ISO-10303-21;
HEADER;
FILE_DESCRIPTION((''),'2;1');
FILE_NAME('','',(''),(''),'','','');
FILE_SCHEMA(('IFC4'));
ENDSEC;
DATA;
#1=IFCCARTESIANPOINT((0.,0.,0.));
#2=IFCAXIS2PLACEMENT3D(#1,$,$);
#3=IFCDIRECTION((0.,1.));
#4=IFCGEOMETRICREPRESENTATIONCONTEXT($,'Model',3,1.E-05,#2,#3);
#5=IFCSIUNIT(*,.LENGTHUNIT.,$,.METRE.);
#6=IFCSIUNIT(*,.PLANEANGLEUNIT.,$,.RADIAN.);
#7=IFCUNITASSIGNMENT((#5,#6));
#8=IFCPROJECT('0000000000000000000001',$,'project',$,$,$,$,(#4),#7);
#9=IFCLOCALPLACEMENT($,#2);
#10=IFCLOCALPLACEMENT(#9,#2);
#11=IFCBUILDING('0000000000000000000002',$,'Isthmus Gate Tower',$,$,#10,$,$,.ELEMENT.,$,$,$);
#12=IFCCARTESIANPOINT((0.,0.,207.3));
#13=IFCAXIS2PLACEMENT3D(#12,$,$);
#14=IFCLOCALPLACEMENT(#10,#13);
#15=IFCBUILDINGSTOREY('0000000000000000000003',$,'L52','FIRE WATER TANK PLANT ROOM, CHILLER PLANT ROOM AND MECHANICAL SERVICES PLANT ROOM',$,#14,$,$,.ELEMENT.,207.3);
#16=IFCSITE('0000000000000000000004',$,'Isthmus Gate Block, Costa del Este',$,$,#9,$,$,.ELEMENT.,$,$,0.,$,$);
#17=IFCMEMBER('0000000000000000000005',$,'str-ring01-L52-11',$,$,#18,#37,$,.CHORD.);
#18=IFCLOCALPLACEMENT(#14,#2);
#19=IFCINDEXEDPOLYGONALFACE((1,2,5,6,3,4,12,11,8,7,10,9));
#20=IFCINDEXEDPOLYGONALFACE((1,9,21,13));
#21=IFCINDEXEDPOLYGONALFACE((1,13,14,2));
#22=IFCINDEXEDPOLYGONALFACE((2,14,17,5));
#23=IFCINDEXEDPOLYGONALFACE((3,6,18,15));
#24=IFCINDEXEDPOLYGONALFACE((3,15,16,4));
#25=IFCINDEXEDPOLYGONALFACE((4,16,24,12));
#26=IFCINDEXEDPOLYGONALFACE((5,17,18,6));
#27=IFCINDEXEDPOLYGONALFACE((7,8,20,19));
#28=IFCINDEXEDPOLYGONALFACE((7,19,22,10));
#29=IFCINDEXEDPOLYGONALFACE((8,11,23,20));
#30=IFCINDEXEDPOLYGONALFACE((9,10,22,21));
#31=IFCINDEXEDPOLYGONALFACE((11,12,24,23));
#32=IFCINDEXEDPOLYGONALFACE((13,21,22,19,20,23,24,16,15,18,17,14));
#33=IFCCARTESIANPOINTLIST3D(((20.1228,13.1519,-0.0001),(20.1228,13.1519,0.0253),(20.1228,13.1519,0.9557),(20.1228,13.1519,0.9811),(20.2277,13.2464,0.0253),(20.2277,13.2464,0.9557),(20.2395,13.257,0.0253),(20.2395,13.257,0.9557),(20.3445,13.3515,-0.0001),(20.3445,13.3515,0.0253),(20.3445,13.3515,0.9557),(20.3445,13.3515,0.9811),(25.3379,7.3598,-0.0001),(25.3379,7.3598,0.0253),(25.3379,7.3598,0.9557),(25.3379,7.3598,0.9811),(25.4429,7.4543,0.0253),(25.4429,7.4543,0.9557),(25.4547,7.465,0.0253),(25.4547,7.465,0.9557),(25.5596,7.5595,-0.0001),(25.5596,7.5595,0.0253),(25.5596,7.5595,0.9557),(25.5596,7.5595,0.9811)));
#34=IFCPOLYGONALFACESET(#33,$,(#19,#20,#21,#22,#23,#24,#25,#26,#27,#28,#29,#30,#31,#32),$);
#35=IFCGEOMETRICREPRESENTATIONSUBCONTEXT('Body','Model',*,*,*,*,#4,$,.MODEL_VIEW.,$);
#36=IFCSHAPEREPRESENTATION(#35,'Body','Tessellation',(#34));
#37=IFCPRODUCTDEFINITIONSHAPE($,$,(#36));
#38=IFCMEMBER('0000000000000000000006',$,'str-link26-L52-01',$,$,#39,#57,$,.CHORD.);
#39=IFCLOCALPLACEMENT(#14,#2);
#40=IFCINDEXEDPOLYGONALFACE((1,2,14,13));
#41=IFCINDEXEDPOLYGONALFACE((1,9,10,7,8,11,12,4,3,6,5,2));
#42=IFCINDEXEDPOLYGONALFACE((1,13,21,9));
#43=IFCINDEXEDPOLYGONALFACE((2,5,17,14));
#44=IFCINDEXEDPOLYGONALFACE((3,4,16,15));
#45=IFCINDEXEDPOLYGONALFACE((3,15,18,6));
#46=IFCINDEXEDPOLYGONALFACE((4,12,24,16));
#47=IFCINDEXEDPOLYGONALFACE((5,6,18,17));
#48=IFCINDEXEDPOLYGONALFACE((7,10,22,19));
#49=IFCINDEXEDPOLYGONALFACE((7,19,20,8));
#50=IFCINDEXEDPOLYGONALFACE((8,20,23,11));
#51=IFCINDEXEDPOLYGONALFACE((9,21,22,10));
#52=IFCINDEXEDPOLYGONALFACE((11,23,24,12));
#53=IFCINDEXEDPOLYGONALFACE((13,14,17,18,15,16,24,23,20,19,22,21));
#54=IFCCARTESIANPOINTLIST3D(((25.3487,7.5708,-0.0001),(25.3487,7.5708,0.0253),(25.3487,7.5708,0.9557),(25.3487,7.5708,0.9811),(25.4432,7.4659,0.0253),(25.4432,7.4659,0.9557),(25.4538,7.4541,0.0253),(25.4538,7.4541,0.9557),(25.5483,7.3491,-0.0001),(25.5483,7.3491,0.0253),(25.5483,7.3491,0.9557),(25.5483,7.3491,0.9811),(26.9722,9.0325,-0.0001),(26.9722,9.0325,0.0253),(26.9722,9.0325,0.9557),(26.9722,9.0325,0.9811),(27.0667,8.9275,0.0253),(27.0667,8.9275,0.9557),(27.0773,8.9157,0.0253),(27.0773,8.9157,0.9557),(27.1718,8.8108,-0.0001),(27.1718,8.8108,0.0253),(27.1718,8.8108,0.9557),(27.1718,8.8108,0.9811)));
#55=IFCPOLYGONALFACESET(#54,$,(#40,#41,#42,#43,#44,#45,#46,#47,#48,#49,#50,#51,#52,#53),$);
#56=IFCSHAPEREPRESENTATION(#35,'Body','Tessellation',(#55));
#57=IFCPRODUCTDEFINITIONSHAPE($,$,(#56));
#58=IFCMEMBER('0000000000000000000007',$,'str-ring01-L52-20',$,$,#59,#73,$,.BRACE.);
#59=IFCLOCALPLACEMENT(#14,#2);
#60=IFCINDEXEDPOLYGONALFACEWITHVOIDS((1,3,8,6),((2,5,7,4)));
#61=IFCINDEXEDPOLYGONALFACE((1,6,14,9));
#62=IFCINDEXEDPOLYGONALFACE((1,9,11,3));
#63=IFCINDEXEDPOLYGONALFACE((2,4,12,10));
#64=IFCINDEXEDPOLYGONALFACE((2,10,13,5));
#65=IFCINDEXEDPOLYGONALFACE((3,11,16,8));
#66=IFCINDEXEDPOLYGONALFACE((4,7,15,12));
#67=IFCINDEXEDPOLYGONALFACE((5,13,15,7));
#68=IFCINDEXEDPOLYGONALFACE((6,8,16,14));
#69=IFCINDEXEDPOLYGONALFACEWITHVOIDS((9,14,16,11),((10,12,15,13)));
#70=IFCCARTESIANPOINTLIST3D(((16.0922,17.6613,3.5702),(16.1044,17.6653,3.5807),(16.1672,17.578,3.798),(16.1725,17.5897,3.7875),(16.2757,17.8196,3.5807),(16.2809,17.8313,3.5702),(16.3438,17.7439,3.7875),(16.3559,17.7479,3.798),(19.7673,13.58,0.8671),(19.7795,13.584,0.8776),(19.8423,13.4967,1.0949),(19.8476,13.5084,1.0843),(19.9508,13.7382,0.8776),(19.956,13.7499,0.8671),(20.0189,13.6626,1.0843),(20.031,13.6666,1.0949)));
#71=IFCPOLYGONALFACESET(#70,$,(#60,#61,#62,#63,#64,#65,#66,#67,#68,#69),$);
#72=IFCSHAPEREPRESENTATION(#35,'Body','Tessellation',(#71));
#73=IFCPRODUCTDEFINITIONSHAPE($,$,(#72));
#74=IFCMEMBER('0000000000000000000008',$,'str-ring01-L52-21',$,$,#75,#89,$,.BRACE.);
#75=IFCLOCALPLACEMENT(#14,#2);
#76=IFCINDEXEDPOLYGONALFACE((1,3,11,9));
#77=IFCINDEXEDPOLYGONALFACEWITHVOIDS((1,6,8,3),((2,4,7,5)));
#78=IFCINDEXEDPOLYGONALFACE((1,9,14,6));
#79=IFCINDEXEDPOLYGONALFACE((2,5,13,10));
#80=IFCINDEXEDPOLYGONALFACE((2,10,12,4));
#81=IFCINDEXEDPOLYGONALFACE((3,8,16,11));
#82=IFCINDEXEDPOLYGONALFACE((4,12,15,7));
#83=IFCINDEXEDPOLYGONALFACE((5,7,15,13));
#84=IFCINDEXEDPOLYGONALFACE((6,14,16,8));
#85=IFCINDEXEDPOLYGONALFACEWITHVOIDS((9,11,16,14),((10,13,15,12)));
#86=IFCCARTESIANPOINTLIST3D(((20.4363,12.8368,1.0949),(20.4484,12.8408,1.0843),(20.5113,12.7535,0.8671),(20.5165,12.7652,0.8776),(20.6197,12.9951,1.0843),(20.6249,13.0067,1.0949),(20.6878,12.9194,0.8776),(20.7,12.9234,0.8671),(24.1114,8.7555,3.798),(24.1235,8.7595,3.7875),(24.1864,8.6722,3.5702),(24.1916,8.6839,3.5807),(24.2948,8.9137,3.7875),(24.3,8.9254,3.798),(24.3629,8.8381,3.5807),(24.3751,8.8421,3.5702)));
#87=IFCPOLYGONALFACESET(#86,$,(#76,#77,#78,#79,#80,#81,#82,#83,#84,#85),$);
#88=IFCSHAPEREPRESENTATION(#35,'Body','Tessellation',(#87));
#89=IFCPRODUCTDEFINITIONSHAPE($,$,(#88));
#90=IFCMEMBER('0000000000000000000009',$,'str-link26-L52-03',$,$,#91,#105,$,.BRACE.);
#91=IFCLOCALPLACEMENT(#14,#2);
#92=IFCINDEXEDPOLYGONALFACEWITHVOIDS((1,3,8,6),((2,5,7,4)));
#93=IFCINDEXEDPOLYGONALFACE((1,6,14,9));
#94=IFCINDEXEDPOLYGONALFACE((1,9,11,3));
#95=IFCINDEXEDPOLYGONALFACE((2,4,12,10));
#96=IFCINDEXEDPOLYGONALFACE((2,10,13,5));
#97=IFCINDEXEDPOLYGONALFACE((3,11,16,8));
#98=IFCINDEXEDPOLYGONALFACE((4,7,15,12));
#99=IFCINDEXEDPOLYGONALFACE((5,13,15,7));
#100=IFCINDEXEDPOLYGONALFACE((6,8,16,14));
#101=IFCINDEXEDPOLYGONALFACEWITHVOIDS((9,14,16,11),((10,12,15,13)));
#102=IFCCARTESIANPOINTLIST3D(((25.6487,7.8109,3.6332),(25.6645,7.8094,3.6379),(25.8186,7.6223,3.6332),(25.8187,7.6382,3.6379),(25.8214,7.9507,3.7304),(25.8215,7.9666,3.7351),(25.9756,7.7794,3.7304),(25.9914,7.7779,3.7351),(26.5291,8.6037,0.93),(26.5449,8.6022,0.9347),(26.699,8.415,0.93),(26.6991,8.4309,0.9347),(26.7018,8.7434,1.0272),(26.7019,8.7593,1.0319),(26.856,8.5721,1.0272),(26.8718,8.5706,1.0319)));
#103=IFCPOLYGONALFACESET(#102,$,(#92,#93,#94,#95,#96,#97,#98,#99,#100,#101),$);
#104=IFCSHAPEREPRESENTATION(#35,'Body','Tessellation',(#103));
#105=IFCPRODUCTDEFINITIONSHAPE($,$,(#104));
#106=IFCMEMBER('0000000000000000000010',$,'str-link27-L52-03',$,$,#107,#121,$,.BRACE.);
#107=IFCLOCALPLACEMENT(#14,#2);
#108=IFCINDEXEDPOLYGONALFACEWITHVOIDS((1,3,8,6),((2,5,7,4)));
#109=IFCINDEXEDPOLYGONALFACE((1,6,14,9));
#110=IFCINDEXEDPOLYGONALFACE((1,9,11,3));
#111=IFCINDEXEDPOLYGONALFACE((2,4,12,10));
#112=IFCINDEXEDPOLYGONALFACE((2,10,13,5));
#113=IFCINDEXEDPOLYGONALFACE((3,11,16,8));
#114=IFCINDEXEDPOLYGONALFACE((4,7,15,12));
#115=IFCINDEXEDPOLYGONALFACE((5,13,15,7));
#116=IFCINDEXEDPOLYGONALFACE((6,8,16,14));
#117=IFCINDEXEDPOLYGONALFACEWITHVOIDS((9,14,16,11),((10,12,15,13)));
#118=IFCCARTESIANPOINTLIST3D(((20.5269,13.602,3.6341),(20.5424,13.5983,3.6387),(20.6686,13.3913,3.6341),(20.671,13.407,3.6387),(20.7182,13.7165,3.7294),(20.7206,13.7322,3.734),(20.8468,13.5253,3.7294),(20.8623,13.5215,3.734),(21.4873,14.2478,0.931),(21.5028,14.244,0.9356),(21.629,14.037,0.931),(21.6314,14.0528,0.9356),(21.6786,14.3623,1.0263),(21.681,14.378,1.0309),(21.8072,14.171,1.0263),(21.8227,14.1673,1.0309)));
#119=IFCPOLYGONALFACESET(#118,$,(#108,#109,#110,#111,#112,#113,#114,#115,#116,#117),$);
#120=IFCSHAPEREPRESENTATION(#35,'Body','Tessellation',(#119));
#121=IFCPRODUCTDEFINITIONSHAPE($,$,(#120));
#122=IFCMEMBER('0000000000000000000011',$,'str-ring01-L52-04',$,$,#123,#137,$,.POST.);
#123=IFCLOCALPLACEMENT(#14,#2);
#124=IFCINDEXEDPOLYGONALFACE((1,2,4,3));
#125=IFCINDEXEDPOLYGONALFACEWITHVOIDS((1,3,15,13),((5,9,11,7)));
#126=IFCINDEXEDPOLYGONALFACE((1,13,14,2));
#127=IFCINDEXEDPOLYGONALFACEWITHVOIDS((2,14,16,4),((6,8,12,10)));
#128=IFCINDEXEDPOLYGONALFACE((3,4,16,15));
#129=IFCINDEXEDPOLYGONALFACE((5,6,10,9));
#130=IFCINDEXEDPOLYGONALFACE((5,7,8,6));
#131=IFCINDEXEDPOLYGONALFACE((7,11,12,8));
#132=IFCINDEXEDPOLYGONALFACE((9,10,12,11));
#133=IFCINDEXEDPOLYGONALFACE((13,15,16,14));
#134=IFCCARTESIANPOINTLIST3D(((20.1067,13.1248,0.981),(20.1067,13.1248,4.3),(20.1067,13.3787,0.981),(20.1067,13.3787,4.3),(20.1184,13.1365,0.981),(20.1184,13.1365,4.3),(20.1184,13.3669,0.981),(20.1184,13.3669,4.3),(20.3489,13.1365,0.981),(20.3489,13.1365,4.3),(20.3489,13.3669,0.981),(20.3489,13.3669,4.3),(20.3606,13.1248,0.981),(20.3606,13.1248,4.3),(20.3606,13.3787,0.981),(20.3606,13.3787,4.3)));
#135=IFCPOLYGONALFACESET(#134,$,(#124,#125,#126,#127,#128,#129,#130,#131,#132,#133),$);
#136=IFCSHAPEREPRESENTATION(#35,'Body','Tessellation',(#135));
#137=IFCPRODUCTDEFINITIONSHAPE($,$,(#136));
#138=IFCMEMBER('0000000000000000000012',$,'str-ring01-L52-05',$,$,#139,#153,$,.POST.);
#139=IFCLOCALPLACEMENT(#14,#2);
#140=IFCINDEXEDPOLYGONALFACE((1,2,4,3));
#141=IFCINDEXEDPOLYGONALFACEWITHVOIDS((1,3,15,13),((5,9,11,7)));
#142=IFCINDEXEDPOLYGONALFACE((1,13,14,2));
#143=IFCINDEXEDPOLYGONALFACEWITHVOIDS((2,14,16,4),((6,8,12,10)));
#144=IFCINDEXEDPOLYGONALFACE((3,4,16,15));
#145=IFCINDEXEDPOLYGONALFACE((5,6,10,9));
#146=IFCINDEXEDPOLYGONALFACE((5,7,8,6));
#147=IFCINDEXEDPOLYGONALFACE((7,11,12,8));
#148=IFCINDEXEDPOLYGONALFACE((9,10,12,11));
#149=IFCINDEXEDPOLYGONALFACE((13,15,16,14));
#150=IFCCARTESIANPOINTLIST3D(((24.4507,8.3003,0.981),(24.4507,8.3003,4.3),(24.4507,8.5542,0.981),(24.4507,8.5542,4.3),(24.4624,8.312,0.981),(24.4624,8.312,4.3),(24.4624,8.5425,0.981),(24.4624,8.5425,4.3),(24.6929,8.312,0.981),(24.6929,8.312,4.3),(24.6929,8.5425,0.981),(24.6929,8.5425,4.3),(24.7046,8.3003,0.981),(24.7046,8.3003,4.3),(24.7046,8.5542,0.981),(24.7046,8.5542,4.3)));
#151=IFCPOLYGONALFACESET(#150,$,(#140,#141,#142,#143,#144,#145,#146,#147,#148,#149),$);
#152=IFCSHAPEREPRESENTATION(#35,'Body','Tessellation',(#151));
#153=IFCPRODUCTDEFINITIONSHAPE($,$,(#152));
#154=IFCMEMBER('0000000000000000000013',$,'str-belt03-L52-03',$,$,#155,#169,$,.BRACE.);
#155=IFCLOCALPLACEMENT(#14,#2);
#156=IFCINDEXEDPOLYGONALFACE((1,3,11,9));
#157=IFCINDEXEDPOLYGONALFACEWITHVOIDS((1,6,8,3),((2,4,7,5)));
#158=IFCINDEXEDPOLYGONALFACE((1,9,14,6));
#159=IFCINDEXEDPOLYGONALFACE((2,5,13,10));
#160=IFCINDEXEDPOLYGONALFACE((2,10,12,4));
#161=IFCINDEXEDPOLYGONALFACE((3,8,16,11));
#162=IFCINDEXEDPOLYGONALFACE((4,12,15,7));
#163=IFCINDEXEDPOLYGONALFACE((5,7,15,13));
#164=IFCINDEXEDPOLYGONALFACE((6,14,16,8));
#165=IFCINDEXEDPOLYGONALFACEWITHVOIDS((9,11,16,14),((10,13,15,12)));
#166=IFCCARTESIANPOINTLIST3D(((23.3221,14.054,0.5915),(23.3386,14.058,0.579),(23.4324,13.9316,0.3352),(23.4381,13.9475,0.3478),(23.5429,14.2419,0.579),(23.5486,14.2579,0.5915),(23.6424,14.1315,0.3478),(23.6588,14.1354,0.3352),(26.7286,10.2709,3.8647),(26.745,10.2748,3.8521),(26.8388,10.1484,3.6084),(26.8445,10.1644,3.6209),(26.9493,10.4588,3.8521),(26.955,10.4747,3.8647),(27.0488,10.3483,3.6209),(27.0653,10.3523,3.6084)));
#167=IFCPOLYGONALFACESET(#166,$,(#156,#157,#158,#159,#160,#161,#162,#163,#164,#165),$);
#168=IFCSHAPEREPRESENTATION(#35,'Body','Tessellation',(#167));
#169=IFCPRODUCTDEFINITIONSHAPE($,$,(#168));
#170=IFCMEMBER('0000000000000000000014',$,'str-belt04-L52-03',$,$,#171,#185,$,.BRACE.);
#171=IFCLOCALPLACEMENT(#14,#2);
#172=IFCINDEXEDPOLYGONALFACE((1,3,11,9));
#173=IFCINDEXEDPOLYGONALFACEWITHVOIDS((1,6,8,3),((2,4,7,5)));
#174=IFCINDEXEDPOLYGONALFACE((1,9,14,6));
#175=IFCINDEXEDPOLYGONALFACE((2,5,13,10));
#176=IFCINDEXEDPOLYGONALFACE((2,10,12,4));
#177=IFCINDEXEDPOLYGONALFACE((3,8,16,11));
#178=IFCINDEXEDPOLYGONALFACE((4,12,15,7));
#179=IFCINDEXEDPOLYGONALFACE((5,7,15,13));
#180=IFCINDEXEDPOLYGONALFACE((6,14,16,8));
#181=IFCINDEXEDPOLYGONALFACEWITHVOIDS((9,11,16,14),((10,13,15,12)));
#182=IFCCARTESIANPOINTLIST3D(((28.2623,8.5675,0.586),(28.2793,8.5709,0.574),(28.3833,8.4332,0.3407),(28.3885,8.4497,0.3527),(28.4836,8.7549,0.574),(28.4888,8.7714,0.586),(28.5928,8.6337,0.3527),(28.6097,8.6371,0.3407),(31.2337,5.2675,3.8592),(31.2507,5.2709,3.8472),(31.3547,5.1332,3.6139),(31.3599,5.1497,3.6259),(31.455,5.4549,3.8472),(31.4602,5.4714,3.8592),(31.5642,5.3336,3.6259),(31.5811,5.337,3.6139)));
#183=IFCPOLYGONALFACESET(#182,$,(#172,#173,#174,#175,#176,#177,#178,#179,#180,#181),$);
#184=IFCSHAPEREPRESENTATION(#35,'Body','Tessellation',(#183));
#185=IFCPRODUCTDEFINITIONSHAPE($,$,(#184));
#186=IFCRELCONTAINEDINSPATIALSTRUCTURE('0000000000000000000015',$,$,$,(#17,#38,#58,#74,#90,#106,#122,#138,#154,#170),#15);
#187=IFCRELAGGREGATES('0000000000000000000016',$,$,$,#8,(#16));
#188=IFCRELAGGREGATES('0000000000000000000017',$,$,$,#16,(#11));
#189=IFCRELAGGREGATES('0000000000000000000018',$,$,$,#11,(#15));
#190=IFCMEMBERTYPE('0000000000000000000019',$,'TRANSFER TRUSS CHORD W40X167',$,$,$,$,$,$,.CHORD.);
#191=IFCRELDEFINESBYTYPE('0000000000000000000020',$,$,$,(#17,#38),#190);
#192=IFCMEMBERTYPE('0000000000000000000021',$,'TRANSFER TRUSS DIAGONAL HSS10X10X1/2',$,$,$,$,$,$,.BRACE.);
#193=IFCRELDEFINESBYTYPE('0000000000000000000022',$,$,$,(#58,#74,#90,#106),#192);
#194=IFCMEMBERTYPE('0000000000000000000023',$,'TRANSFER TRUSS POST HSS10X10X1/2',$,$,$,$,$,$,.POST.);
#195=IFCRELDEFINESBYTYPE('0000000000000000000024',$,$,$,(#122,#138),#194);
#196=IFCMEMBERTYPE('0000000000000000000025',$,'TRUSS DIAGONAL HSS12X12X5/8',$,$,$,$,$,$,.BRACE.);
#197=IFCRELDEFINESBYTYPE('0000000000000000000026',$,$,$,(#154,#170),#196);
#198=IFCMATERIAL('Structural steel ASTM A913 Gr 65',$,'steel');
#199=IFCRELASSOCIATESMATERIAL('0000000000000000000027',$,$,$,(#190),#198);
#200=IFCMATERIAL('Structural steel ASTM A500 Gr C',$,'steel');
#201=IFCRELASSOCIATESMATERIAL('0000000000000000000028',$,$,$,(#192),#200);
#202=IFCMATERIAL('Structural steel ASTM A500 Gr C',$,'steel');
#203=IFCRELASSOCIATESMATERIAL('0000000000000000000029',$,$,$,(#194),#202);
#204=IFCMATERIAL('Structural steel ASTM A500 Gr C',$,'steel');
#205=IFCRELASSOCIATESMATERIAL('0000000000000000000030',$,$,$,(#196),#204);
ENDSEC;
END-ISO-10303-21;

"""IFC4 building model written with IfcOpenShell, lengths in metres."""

from ifc_helpers import new_model, si_unit, direction, frame, origin, origin_2d, place, context, subcontext, project, spatial, hollow_rectangle, i_section, extrude, material, material_profile, profile_set, type_object, element, save


model = new_model("IFC4")

# Units and contexts
model_context = context("Model", 3, precision=1e-05, world=origin(), true_north=direction((0.0, 1.0)))
body_context = subcontext(model_context, "Body", "Model", "MODEL_VIEW")
ifc_project = project(units=[si_unit("LENGTHUNIT", "METRE"), si_unit("PLANEANGLEUNIT", "RADIAN")], contexts=[model_context])

# Site, building, storey
site_placement = place(None, origin())
site = spatial("IfcSite", under=ifc_project, at=site_placement, Name="Isthmus Gate Block, Costa del Este", CompositionType="ELEMENT", RefElevation=0.0)
building_placement = place(site_placement, origin())
building = spatial("IfcBuilding", under=site, at=building_placement, Name="Isthmus Gate Tower", CompositionType="ELEMENT")
storey_placement = place(building_placement, frame((0.0, 0.0, 207.3)))
storey = spatial("IfcBuildingStorey", under=building, at=storey_placement, Name="L52", Description="FIRE WATER TANK PLANT ROOM, CHILLER PLANT ROOM AND MECHANICAL SERVICES PLANT ROOM", CompositionType="ELEMENT", Elevation=207.3)

# Members
ifc_material_1 = material(Name="Structural steel ASTM A913 Gr 65", Category="steel")
ifc_material_profile_1 = material_profile(ifc_material_1, i_section(OverallWidth=0.2983, OverallDepth=0.9812, WebThickness=0.0159, FlangeThickness=0.0254, at=origin_2d()), Name="W40X167")
ifc_profile_set_1 = profile_set([ifc_material_profile_1], Name="Structural steel ASTM A913 Gr 65")
member_type_1 = type_object("IfcMemberType", Name="TRANSFER TRUSS CHORD W40X167", PredefinedType="CHORD", material=ifc_profile_set_1)
member_1_placement = place(storey_placement, frame((20.2336, 13.2517, 0.4905), z_axis=(0.669127, -0.743148, 0.0), x_axis=(0.743148, 0.669127, 0.0)))
element("IfcMember", 1, at=member_1_placement, inside=storey, type_object=member_type_1, Name="str-ring01-L52-11", PredefinedType="CHORD", context=body_context, shape_type="SweptSolid", body=[
    extrude(i_section(OverallWidth=0.2983, OverallDepth=0.9812, WebThickness=0.0159, FlangeThickness=0.0254, at=origin_2d()), origin(), (0.0, 0.0, 1.0), 7.7939),
])
member_2_placement = place(storey_placement, frame((27.072, 8.9216, 0.4905), z_axis=(-0.743183, -0.669088, 0.0), x_axis=(0.669088, -0.743183, 0.0)))
element("IfcMember", 2, at=member_2_placement, inside=storey, type_object=member_type_1, Name="str-link26-L52-01", PredefinedType="CHORD", context=body_context, shape_type="SweptSolid", body=[
    extrude(i_section(OverallWidth=0.2983, OverallDepth=0.9812, WebThickness=0.0159, FlangeThickness=0.0254, at=origin_2d()), origin(), (0.0, 0.0, 1.0), 2.1846),
])
ifc_material_2 = material(Name="Structural steel ASTM A500 Gr C", Category="steel")
ifc_material_profile_2 = material_profile(ifc_material_2, hollow_rectangle(XDim=0.2539, YDim=0.2539, WallThickness=0.0117, at=origin_2d()), Name="HSS10X10X1/2")
ifc_profile_set_2 = profile_set([ifc_material_profile_2], Name="Structural steel ASTM A500 Gr C")
member_type_2 = type_object("IfcMemberType", Name="TRANSFER TRUSS DIAGONAL HSS10X10X1/2", PredefinedType="BRACE", material=ifc_profile_set_2)
for number, where, z_axis, x_axis, name in (
    (3, (19.8992, 13.6233, 0.981), (-0.600374, 0.666741, 0.441596), (-0.743124, -0.669154, 0.0), "str-ring01-L52-20"),
    (4, (20.5681, 12.8801, 0.981), (0.600374, -0.666741, 0.441596), (0.743124, 0.669154, 0.0), "str-ring01-L52-21"),
):
    element("IfcMember", number, at=place(storey_placement, frame(where, z_axis=z_axis, x_axis=x_axis)), inside=storey, type_object=member_type_2, Name=name, PredefinedType="BRACE", context=body_context, shape_type="SweptSolid", body=[
        extrude(hollow_rectangle(XDim=0.2539, YDim=0.2539, WallThickness=0.0117, at=origin_2d()), origin(), (0.0, 0.0, 1.0), 6.1213),
    ])
member_3_placement = place(storey_placement, frame((26.7004, 8.5872, 0.981), z_axis=(-0.298296, -0.268599, 0.915901), x_axis=(0.669147, -0.74313, 0.0)))
element("IfcMember", 5, at=member_3_placement, inside=storey, type_object=member_type_2, Name="str-link26-L52-03", PredefinedType="BRACE", context=body_context, shape_type="SweptSolid", body=[
    extrude(hollow_rectangle(XDim=0.2539, YDim=0.2539, WallThickness=0.0117, at=origin_2d()), origin(), (0.0, 0.0, 1.0), 2.9514),
])
member_4_placement = place(storey_placement, frame((21.655, 14.2075, 0.981), z_axis=(-0.326632, -0.219609, 0.919284), x_axis=(0.557958, -0.82987, 0.0)))
element("IfcMember", 6, at=member_4_placement, inside=storey, type_object=member_type_2, Name="str-link27-L52-03", PredefinedType="BRACE", context=body_context, shape_type="SweptSolid", body=[
    extrude(hollow_rectangle(XDim=0.2539, YDim=0.2539, WallThickness=0.0117, at=origin_2d()), origin(), (0.0, 0.0, 1.0), 2.9404),
])
ifc_material_3 = material(Name="Structural steel ASTM A500 Gr C", Category="steel")
ifc_material_profile_3 = material_profile(ifc_material_3, hollow_rectangle(XDim=0.2539, YDim=0.2539, WallThickness=0.0117, at=origin_2d()), Name="HSS10X10X1/2")
ifc_profile_set_3 = profile_set([ifc_material_profile_3], Name="Structural steel ASTM A500 Gr C")
member_type_3 = type_object("IfcMemberType", Name="TRANSFER TRUSS POST HSS10X10X1/2", PredefinedType="POST", material=ifc_profile_set_3)
for number, where, z_axis, x_axis, name in (
    (7, (20.2336, 13.2517, 0.981), (0.0, 0.0, 1.0), (1.0, 0.0, 0.0), "str-ring01-L52-04"),
    (8, (24.5776, 8.4272, 0.981), (0.0, 0.0, 1.0), (1.0, 0.0, 0.0), "str-ring01-L52-05"),
):
    element("IfcMember", number, at=place(storey_placement, frame(where, z_axis=z_axis, x_axis=x_axis)), inside=storey, type_object=member_type_3, Name=name, PredefinedType="POST", context=body_context, shape_type="SweptSolid", body=[
        extrude(hollow_rectangle(XDim=0.2539, YDim=0.2539, WallThickness=0.0117, at=origin_2d()), origin(), (0.0, 0.0, 1.0), 3.3191),
    ])
ifc_material_4 = material(Name="Structural steel ASTM A500 Gr C", Category="steel")
ifc_material_profile_4 = material_profile(ifc_material_4, hollow_rectangle(XDim=0.3047, YDim=0.3047, WallThickness=0.0149, at=origin_2d()), Name="HSS12X12X5/8")
ifc_profile_set_4 = profile_set([ifc_material_profile_4], Name="Structural steel ASTM A500 Gr C")
member_type_4 = type_object("IfcMemberType", Name="TRUSS DIAGONAL HSS12X12X5/8", PredefinedType="BRACE", material=ifc_profile_set_4)
member_5_placement = place(storey_placement, frame((23.4905, 14.0947, 0.4634), z_axis=(0.562841, -0.625083, 0.540816), x_axis=(0.743137, 0.66914, 0.0)))
element("IfcMember", 9, at=member_5_placement, inside=storey, type_object=member_type_4, Name="str-belt03-L52-03", PredefinedType="BRACE", context=body_context, shape_type="SweptSolid", body=[
    extrude(hollow_rectangle(XDim=0.3047, YDim=0.3047, WallThickness=0.0149, at=origin_2d()), origin(), (0.0, 0.0, 1.0), 6.0522),
])
member_6_placement = place(storey_placement, frame((28.436, 8.6023, 0.4634), z_axis=(0.538629, -0.598197, 0.593329), x_axis=(0.743138, 0.669138, 0.0)))
element("IfcMember", 10, at=member_6_placement, inside=storey, type_object=member_type_4, Name="str-belt04-L52-03", PredefinedType="BRACE", context=body_context, shape_type="SweptSolid", body=[
    extrude(hollow_rectangle(XDim=0.3047, YDim=0.3047, WallThickness=0.0149, at=origin_2d()), origin(), (0.0, 0.0, 1.0), 5.5166),
])

save(model, "model.ifc")
